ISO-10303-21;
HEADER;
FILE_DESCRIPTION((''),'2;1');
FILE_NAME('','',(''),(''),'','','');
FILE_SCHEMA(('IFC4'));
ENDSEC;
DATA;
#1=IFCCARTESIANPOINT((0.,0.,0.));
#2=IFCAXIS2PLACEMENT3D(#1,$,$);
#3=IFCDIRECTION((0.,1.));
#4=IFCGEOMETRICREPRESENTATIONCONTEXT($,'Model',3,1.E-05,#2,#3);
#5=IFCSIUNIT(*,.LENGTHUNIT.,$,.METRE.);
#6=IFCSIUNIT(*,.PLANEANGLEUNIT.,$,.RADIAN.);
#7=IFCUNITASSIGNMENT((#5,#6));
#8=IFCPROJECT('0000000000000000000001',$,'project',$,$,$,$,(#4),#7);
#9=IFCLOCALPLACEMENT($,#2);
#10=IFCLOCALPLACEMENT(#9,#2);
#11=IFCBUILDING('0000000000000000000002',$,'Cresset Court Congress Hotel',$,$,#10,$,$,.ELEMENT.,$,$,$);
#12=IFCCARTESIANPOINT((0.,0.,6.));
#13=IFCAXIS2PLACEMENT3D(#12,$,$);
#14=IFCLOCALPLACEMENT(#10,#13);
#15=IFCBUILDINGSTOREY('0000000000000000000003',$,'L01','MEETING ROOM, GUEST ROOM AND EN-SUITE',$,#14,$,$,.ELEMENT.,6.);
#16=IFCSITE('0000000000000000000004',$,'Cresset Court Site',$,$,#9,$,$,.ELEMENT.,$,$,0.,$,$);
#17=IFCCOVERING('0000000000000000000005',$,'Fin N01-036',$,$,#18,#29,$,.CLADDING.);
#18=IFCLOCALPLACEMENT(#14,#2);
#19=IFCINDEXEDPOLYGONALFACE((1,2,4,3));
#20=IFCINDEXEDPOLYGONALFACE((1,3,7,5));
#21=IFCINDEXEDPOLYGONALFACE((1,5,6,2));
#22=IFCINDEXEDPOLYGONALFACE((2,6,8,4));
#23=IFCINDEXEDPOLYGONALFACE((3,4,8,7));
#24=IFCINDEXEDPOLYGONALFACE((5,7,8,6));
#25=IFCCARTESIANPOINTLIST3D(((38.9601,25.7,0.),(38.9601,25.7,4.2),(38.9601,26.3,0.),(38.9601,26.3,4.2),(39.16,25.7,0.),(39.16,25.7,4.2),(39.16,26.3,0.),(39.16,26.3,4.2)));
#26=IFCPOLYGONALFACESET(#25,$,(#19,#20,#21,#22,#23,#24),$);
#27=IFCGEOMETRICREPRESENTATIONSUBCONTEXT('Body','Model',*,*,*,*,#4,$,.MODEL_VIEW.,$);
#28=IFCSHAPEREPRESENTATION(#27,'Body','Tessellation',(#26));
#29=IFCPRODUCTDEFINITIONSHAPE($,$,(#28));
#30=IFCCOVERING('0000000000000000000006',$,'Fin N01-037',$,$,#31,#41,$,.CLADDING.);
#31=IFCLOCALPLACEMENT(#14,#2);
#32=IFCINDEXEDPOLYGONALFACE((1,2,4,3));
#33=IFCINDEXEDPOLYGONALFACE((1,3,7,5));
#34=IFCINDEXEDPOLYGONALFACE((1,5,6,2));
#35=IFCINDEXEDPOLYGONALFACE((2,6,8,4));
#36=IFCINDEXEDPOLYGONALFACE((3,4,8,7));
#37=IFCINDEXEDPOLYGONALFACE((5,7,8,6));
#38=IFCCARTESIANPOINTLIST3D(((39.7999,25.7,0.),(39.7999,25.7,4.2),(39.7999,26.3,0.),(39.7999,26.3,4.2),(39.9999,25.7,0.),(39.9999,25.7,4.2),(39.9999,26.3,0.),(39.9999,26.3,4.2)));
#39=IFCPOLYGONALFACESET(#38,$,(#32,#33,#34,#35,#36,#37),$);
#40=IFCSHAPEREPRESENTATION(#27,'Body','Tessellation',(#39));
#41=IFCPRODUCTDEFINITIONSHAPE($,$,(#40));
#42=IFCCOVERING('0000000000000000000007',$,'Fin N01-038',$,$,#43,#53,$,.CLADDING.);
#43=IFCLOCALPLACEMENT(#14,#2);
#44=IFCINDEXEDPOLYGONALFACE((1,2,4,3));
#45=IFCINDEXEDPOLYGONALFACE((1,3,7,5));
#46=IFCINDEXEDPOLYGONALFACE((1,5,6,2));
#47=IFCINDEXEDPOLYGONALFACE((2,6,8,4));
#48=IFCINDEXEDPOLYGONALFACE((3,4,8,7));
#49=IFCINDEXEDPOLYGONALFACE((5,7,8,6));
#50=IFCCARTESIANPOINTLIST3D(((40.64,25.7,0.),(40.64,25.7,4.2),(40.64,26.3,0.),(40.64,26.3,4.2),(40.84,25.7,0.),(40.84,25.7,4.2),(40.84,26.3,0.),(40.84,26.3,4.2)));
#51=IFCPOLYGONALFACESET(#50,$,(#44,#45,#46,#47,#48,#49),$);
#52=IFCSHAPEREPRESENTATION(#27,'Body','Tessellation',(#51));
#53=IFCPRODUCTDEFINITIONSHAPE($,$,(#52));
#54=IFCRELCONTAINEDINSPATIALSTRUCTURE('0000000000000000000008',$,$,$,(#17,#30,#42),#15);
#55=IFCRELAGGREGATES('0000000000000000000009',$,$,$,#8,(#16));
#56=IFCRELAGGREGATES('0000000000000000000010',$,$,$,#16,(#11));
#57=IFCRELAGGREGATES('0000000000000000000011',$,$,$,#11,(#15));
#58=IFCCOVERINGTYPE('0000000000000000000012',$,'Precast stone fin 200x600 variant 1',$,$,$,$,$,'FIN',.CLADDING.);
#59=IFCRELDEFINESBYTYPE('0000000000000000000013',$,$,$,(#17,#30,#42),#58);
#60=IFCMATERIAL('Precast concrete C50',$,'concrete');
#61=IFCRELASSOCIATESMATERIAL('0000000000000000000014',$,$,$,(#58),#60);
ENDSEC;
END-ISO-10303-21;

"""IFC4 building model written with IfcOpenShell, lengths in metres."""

from ifc_helpers import new_model, si_unit, direction, frame, origin, origin_2d, place, context, subcontext, project, spatial, rectangle, extrude, material, type_object, element, save


model = new_model("IFC4")

# Units and contexts
model_context = context("Model", 3, precision=1e-05, world=origin(), true_north=direction((0.0, 1.0)))
body_context = subcontext(model_context, "Body", "Model", "MODEL_VIEW")
ifc_project = project(units=[si_unit("LENGTHUNIT", "METRE"), si_unit("PLANEANGLEUNIT", "RADIAN")], contexts=[model_context])

# Site, building, storey
site_placement = place(None, origin())
site = spatial("IfcSite", under=ifc_project, at=site_placement, Name="Cresset Court Site", CompositionType="ELEMENT", RefElevation=0.0)
building_placement = place(site_placement, origin())
building = spatial("IfcBuilding", under=site, at=building_placement, Name="Cresset Court Congress Hotel", CompositionType="ELEMENT")
storey_placement = place(building_placement, frame((0.0, 0.0, 6.0)))
storey = spatial("IfcBuildingStorey", under=building, at=storey_placement, Name="L01", Description="MEETING ROOM, GUEST ROOM AND EN-SUITE", CompositionType="ELEMENT", Elevation=6.0)

# Coverings
ifc_material_1 = material(Name="Precast concrete C50", Category="concrete")
covering_type = type_object("IfcCoveringType", Name="Precast stone fin 200x600 variant 1", ElementType="FIN", PredefinedType="CLADDING", material=ifc_material_1)
for number, where, z_axis, x_axis, name in (
    (1, (39.0601, 26.0, 0.0), (0.0, 0.0, 1.0), (1.0, 0.0, 0.0), "Fin N01-036"),
    (2, (39.8999, 26.0, 0.0), (0.0, 0.0, 1.0), (1.0, 0.0, 0.0), "Fin N01-037"),
    (3, (40.74, 26.0, 0.0), (0.0, 0.0, 1.0), (1.0, 0.0, 0.0), "Fin N01-038"),
):
    element("IfcCovering", number, at=place(storey_placement, frame(where, z_axis=z_axis, x_axis=x_axis)), inside=storey, type_object=covering_type, Name=name, PredefinedType="CLADDING", context=body_context, shape_type="SweptSolid", body=[
        extrude(rectangle(XDim=0.2, YDim=0.6001, at=origin_2d()), origin(), (0.0, 0.0, 1.0), 4.2),
    ])

save(model, "model.ifc")
